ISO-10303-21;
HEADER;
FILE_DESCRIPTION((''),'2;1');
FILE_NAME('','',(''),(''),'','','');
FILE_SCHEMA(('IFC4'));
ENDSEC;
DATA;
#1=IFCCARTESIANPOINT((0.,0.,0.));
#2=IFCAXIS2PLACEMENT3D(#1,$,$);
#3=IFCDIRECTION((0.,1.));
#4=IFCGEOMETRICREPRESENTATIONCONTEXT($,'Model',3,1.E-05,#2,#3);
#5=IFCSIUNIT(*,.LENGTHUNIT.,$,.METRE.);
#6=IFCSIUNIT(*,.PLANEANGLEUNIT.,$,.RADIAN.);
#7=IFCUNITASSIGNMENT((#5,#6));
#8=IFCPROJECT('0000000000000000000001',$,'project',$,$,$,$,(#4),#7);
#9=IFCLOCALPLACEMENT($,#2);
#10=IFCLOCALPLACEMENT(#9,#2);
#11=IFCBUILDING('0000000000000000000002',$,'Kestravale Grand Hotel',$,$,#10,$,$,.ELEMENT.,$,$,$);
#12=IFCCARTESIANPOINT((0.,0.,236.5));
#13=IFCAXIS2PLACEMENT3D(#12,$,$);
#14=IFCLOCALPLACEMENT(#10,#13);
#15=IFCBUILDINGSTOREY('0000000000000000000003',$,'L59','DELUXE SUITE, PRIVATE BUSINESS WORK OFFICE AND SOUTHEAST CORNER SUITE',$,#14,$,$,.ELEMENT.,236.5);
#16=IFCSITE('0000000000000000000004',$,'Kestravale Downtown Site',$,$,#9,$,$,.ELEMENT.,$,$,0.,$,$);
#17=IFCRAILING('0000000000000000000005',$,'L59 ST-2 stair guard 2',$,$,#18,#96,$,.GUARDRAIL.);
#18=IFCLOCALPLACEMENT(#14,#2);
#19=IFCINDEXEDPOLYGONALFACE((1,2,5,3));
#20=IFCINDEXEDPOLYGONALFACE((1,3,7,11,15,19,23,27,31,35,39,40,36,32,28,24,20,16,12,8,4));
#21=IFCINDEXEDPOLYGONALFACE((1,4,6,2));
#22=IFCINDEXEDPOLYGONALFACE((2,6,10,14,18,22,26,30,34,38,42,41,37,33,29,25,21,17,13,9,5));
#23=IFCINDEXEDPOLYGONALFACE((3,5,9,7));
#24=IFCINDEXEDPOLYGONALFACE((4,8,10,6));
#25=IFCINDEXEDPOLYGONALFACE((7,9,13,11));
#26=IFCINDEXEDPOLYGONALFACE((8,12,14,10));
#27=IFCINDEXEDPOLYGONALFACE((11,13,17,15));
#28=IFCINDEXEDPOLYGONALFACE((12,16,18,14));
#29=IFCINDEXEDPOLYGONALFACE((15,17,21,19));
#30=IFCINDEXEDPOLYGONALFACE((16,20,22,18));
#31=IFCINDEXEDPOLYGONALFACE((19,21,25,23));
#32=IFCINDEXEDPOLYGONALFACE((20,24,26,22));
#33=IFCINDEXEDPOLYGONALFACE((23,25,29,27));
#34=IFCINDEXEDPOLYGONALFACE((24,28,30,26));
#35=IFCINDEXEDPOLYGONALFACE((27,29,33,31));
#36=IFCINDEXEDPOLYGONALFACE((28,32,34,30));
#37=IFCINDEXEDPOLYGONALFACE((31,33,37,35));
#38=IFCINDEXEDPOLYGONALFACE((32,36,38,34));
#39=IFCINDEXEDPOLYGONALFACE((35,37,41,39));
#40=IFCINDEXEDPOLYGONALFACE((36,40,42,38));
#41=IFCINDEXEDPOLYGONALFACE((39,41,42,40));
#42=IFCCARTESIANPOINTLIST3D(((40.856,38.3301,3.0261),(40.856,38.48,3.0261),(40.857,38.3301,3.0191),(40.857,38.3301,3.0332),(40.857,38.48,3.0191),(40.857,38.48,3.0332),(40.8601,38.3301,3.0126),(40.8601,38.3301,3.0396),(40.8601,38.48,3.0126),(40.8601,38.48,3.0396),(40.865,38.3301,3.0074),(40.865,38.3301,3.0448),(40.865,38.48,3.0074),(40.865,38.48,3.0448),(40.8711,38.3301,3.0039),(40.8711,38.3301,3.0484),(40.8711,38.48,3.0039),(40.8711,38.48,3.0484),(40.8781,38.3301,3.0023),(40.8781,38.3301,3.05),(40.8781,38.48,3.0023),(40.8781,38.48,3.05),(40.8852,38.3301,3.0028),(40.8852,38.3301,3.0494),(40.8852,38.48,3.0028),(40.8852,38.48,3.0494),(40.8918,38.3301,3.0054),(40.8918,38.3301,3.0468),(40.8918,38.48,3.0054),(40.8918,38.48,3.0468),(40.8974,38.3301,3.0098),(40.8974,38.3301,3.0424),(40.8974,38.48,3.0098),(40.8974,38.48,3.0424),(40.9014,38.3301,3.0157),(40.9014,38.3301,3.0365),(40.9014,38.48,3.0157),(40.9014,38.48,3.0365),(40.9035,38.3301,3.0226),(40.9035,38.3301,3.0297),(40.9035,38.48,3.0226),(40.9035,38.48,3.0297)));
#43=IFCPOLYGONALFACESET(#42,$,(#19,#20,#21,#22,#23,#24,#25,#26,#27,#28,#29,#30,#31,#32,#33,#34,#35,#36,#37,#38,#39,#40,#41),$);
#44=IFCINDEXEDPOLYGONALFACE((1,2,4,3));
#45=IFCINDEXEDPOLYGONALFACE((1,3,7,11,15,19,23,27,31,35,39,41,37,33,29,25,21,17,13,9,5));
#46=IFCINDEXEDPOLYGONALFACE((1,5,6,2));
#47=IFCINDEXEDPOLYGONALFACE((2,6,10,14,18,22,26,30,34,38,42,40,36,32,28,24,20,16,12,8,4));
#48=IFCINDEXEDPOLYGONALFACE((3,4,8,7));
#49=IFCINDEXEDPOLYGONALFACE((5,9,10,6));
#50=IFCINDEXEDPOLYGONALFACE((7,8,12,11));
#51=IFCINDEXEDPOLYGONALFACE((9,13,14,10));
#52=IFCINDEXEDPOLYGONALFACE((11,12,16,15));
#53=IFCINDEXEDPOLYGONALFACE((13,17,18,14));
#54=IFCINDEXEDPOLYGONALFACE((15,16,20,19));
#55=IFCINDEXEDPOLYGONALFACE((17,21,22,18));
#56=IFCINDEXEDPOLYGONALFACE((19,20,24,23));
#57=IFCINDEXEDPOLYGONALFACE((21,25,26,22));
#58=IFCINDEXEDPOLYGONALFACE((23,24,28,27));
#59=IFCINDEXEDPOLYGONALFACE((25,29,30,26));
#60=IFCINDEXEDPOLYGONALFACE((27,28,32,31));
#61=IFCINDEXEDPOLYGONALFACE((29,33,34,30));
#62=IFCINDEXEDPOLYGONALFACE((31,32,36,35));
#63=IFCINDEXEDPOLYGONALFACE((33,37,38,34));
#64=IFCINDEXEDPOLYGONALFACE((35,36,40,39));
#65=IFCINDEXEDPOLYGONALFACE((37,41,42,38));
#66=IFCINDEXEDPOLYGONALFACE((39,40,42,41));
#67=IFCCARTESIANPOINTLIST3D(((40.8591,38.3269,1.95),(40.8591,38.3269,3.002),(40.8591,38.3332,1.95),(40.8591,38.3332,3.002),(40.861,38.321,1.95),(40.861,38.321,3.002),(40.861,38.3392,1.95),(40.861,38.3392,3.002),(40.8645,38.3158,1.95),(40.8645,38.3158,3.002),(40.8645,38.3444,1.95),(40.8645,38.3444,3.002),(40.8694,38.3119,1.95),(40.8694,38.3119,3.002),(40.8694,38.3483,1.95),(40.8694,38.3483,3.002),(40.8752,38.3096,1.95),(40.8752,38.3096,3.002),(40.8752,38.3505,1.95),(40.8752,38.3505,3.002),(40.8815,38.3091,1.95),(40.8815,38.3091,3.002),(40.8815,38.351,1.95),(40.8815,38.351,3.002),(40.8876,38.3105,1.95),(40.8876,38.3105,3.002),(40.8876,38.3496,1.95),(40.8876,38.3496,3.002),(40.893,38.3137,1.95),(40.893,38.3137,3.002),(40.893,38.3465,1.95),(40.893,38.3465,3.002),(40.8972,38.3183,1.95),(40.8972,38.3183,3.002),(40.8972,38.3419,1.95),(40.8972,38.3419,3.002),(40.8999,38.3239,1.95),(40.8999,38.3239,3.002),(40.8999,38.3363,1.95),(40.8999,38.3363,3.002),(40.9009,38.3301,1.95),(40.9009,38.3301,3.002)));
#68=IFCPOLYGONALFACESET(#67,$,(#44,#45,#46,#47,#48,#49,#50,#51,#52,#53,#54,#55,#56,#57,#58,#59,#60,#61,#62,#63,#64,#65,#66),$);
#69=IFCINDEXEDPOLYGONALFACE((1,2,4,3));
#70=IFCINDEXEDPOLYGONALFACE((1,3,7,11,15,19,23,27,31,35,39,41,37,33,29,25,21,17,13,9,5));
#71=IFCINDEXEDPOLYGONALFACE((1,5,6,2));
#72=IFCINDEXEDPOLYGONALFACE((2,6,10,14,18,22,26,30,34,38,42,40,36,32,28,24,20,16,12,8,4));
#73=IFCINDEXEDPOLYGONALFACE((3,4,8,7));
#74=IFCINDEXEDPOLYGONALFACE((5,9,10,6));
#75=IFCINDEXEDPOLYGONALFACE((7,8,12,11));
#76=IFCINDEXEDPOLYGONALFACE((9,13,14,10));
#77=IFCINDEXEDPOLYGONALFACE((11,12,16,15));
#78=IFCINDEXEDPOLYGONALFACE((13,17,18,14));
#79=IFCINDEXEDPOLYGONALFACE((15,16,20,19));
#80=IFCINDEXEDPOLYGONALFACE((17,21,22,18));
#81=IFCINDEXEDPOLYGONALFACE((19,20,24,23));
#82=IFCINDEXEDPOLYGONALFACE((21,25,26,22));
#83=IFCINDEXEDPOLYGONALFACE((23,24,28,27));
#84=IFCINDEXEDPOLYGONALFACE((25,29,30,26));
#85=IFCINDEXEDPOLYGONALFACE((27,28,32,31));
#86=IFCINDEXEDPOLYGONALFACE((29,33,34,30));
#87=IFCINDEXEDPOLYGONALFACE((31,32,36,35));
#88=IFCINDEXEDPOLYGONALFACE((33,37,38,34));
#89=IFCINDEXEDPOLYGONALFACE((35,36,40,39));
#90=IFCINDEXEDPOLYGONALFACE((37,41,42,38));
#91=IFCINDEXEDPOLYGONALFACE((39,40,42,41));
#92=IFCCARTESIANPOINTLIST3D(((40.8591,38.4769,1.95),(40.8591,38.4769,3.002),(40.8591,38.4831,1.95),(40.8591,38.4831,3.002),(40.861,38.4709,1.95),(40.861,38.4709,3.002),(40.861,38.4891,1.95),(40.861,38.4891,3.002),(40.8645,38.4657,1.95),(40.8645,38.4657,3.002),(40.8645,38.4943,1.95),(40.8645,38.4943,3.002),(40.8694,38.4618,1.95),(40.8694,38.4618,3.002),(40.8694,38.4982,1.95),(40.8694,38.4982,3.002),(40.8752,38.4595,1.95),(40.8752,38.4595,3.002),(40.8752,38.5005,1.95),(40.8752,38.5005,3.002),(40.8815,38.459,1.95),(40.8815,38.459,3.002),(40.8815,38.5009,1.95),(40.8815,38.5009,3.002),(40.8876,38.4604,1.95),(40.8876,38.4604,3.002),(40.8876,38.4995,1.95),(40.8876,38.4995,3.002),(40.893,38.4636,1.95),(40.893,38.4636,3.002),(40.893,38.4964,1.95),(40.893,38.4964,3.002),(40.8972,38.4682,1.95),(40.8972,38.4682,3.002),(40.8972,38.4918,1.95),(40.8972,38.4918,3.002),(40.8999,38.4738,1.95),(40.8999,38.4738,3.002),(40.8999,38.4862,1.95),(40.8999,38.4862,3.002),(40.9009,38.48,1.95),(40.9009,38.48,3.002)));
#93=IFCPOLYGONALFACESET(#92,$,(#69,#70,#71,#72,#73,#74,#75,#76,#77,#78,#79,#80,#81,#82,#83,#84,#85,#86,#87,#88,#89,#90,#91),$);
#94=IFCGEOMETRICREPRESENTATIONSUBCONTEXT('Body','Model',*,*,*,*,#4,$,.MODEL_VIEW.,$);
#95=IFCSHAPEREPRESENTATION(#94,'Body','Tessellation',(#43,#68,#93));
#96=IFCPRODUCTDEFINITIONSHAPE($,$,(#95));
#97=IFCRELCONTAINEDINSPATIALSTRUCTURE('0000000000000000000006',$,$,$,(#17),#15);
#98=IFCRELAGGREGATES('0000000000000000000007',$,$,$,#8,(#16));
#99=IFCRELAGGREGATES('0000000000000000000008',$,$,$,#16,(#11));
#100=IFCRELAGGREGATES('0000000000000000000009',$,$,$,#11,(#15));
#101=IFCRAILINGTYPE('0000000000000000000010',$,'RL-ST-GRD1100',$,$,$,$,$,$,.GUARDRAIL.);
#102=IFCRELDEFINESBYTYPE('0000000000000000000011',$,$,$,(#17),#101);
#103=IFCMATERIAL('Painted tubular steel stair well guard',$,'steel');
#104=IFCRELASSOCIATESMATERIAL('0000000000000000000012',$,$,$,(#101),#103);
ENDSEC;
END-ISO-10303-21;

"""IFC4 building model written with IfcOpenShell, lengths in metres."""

from ifc_helpers import new_model, si_unit, direction, frame, origin, origin_2d, place, context, subcontext, project, spatial, circle, extrude, material, type_object, element, save


model = new_model("IFC4")

# Units and contexts
model_context = context("Model", 3, precision=1e-05, world=origin(), true_north=direction((0.0, 1.0)))
body_context = subcontext(model_context, "Body", "Model", "MODEL_VIEW")
ifc_project = project(units=[si_unit("LENGTHUNIT", "METRE"), si_unit("PLANEANGLEUNIT", "RADIAN")], contexts=[model_context])

# Site, building, storey
site_placement = place(None, origin())
site = spatial("IfcSite", under=ifc_project, at=site_placement, Name="Kestravale Downtown Site", CompositionType="ELEMENT", RefElevation=0.0)
building_placement = place(site_placement, origin())
building = spatial("IfcBuilding", under=site, at=building_placement, Name="Kestravale Grand Hotel", CompositionType="ELEMENT")
storey_placement = place(building_placement, frame((0.0, 0.0, 236.5)))
storey = spatial("IfcBuildingStorey", under=building, at=storey_placement, Name="L59", Description="DELUXE SUITE, PRIVATE BUSINESS WORK OFFICE AND SOUTHEAST CORNER SUITE", CompositionType="ELEMENT", Elevation=236.5)

# Railing
ifc_material_1 = material(Name="Painted tubular steel stair well guard", Category="steel")
railing_type_1 = type_object("IfcRailingType", Name="RL-ST-GRD1100", PredefinedType="GUARDRAIL", material=ifc_material_1)
railing_1_placement = place(storey_placement, frame((40.8799, 38.3301, 1.95)))
element("IfcRailing", 1, at=railing_1_placement, inside=storey, type_object=railing_type_1, Name="L59 ST-2 stair guard 2", PredefinedType="GUARDRAIL", context=body_context, shape_type="SweptSolid", body=[
    extrude(circle(Radius=0.0239, at=origin_2d()), frame((0.0, 0.0, 1.0762), z_axis=(0.0, 1.0, 0.0), x_axis=(-1.0, 0.0, 0.0)), (0.0, 0.0, 1.0), 0.1499),
    extrude(circle(Radius=0.021, at=origin_2d()), origin(), (0.0, 0.0, 1.0), 1.052),
    extrude(circle(Radius=0.021, at=origin_2d()), frame((0.0, 0.1499, 0.0)), (0.0, 0.0, 1.0), 1.052),
])

save(model, "model.ifc")
